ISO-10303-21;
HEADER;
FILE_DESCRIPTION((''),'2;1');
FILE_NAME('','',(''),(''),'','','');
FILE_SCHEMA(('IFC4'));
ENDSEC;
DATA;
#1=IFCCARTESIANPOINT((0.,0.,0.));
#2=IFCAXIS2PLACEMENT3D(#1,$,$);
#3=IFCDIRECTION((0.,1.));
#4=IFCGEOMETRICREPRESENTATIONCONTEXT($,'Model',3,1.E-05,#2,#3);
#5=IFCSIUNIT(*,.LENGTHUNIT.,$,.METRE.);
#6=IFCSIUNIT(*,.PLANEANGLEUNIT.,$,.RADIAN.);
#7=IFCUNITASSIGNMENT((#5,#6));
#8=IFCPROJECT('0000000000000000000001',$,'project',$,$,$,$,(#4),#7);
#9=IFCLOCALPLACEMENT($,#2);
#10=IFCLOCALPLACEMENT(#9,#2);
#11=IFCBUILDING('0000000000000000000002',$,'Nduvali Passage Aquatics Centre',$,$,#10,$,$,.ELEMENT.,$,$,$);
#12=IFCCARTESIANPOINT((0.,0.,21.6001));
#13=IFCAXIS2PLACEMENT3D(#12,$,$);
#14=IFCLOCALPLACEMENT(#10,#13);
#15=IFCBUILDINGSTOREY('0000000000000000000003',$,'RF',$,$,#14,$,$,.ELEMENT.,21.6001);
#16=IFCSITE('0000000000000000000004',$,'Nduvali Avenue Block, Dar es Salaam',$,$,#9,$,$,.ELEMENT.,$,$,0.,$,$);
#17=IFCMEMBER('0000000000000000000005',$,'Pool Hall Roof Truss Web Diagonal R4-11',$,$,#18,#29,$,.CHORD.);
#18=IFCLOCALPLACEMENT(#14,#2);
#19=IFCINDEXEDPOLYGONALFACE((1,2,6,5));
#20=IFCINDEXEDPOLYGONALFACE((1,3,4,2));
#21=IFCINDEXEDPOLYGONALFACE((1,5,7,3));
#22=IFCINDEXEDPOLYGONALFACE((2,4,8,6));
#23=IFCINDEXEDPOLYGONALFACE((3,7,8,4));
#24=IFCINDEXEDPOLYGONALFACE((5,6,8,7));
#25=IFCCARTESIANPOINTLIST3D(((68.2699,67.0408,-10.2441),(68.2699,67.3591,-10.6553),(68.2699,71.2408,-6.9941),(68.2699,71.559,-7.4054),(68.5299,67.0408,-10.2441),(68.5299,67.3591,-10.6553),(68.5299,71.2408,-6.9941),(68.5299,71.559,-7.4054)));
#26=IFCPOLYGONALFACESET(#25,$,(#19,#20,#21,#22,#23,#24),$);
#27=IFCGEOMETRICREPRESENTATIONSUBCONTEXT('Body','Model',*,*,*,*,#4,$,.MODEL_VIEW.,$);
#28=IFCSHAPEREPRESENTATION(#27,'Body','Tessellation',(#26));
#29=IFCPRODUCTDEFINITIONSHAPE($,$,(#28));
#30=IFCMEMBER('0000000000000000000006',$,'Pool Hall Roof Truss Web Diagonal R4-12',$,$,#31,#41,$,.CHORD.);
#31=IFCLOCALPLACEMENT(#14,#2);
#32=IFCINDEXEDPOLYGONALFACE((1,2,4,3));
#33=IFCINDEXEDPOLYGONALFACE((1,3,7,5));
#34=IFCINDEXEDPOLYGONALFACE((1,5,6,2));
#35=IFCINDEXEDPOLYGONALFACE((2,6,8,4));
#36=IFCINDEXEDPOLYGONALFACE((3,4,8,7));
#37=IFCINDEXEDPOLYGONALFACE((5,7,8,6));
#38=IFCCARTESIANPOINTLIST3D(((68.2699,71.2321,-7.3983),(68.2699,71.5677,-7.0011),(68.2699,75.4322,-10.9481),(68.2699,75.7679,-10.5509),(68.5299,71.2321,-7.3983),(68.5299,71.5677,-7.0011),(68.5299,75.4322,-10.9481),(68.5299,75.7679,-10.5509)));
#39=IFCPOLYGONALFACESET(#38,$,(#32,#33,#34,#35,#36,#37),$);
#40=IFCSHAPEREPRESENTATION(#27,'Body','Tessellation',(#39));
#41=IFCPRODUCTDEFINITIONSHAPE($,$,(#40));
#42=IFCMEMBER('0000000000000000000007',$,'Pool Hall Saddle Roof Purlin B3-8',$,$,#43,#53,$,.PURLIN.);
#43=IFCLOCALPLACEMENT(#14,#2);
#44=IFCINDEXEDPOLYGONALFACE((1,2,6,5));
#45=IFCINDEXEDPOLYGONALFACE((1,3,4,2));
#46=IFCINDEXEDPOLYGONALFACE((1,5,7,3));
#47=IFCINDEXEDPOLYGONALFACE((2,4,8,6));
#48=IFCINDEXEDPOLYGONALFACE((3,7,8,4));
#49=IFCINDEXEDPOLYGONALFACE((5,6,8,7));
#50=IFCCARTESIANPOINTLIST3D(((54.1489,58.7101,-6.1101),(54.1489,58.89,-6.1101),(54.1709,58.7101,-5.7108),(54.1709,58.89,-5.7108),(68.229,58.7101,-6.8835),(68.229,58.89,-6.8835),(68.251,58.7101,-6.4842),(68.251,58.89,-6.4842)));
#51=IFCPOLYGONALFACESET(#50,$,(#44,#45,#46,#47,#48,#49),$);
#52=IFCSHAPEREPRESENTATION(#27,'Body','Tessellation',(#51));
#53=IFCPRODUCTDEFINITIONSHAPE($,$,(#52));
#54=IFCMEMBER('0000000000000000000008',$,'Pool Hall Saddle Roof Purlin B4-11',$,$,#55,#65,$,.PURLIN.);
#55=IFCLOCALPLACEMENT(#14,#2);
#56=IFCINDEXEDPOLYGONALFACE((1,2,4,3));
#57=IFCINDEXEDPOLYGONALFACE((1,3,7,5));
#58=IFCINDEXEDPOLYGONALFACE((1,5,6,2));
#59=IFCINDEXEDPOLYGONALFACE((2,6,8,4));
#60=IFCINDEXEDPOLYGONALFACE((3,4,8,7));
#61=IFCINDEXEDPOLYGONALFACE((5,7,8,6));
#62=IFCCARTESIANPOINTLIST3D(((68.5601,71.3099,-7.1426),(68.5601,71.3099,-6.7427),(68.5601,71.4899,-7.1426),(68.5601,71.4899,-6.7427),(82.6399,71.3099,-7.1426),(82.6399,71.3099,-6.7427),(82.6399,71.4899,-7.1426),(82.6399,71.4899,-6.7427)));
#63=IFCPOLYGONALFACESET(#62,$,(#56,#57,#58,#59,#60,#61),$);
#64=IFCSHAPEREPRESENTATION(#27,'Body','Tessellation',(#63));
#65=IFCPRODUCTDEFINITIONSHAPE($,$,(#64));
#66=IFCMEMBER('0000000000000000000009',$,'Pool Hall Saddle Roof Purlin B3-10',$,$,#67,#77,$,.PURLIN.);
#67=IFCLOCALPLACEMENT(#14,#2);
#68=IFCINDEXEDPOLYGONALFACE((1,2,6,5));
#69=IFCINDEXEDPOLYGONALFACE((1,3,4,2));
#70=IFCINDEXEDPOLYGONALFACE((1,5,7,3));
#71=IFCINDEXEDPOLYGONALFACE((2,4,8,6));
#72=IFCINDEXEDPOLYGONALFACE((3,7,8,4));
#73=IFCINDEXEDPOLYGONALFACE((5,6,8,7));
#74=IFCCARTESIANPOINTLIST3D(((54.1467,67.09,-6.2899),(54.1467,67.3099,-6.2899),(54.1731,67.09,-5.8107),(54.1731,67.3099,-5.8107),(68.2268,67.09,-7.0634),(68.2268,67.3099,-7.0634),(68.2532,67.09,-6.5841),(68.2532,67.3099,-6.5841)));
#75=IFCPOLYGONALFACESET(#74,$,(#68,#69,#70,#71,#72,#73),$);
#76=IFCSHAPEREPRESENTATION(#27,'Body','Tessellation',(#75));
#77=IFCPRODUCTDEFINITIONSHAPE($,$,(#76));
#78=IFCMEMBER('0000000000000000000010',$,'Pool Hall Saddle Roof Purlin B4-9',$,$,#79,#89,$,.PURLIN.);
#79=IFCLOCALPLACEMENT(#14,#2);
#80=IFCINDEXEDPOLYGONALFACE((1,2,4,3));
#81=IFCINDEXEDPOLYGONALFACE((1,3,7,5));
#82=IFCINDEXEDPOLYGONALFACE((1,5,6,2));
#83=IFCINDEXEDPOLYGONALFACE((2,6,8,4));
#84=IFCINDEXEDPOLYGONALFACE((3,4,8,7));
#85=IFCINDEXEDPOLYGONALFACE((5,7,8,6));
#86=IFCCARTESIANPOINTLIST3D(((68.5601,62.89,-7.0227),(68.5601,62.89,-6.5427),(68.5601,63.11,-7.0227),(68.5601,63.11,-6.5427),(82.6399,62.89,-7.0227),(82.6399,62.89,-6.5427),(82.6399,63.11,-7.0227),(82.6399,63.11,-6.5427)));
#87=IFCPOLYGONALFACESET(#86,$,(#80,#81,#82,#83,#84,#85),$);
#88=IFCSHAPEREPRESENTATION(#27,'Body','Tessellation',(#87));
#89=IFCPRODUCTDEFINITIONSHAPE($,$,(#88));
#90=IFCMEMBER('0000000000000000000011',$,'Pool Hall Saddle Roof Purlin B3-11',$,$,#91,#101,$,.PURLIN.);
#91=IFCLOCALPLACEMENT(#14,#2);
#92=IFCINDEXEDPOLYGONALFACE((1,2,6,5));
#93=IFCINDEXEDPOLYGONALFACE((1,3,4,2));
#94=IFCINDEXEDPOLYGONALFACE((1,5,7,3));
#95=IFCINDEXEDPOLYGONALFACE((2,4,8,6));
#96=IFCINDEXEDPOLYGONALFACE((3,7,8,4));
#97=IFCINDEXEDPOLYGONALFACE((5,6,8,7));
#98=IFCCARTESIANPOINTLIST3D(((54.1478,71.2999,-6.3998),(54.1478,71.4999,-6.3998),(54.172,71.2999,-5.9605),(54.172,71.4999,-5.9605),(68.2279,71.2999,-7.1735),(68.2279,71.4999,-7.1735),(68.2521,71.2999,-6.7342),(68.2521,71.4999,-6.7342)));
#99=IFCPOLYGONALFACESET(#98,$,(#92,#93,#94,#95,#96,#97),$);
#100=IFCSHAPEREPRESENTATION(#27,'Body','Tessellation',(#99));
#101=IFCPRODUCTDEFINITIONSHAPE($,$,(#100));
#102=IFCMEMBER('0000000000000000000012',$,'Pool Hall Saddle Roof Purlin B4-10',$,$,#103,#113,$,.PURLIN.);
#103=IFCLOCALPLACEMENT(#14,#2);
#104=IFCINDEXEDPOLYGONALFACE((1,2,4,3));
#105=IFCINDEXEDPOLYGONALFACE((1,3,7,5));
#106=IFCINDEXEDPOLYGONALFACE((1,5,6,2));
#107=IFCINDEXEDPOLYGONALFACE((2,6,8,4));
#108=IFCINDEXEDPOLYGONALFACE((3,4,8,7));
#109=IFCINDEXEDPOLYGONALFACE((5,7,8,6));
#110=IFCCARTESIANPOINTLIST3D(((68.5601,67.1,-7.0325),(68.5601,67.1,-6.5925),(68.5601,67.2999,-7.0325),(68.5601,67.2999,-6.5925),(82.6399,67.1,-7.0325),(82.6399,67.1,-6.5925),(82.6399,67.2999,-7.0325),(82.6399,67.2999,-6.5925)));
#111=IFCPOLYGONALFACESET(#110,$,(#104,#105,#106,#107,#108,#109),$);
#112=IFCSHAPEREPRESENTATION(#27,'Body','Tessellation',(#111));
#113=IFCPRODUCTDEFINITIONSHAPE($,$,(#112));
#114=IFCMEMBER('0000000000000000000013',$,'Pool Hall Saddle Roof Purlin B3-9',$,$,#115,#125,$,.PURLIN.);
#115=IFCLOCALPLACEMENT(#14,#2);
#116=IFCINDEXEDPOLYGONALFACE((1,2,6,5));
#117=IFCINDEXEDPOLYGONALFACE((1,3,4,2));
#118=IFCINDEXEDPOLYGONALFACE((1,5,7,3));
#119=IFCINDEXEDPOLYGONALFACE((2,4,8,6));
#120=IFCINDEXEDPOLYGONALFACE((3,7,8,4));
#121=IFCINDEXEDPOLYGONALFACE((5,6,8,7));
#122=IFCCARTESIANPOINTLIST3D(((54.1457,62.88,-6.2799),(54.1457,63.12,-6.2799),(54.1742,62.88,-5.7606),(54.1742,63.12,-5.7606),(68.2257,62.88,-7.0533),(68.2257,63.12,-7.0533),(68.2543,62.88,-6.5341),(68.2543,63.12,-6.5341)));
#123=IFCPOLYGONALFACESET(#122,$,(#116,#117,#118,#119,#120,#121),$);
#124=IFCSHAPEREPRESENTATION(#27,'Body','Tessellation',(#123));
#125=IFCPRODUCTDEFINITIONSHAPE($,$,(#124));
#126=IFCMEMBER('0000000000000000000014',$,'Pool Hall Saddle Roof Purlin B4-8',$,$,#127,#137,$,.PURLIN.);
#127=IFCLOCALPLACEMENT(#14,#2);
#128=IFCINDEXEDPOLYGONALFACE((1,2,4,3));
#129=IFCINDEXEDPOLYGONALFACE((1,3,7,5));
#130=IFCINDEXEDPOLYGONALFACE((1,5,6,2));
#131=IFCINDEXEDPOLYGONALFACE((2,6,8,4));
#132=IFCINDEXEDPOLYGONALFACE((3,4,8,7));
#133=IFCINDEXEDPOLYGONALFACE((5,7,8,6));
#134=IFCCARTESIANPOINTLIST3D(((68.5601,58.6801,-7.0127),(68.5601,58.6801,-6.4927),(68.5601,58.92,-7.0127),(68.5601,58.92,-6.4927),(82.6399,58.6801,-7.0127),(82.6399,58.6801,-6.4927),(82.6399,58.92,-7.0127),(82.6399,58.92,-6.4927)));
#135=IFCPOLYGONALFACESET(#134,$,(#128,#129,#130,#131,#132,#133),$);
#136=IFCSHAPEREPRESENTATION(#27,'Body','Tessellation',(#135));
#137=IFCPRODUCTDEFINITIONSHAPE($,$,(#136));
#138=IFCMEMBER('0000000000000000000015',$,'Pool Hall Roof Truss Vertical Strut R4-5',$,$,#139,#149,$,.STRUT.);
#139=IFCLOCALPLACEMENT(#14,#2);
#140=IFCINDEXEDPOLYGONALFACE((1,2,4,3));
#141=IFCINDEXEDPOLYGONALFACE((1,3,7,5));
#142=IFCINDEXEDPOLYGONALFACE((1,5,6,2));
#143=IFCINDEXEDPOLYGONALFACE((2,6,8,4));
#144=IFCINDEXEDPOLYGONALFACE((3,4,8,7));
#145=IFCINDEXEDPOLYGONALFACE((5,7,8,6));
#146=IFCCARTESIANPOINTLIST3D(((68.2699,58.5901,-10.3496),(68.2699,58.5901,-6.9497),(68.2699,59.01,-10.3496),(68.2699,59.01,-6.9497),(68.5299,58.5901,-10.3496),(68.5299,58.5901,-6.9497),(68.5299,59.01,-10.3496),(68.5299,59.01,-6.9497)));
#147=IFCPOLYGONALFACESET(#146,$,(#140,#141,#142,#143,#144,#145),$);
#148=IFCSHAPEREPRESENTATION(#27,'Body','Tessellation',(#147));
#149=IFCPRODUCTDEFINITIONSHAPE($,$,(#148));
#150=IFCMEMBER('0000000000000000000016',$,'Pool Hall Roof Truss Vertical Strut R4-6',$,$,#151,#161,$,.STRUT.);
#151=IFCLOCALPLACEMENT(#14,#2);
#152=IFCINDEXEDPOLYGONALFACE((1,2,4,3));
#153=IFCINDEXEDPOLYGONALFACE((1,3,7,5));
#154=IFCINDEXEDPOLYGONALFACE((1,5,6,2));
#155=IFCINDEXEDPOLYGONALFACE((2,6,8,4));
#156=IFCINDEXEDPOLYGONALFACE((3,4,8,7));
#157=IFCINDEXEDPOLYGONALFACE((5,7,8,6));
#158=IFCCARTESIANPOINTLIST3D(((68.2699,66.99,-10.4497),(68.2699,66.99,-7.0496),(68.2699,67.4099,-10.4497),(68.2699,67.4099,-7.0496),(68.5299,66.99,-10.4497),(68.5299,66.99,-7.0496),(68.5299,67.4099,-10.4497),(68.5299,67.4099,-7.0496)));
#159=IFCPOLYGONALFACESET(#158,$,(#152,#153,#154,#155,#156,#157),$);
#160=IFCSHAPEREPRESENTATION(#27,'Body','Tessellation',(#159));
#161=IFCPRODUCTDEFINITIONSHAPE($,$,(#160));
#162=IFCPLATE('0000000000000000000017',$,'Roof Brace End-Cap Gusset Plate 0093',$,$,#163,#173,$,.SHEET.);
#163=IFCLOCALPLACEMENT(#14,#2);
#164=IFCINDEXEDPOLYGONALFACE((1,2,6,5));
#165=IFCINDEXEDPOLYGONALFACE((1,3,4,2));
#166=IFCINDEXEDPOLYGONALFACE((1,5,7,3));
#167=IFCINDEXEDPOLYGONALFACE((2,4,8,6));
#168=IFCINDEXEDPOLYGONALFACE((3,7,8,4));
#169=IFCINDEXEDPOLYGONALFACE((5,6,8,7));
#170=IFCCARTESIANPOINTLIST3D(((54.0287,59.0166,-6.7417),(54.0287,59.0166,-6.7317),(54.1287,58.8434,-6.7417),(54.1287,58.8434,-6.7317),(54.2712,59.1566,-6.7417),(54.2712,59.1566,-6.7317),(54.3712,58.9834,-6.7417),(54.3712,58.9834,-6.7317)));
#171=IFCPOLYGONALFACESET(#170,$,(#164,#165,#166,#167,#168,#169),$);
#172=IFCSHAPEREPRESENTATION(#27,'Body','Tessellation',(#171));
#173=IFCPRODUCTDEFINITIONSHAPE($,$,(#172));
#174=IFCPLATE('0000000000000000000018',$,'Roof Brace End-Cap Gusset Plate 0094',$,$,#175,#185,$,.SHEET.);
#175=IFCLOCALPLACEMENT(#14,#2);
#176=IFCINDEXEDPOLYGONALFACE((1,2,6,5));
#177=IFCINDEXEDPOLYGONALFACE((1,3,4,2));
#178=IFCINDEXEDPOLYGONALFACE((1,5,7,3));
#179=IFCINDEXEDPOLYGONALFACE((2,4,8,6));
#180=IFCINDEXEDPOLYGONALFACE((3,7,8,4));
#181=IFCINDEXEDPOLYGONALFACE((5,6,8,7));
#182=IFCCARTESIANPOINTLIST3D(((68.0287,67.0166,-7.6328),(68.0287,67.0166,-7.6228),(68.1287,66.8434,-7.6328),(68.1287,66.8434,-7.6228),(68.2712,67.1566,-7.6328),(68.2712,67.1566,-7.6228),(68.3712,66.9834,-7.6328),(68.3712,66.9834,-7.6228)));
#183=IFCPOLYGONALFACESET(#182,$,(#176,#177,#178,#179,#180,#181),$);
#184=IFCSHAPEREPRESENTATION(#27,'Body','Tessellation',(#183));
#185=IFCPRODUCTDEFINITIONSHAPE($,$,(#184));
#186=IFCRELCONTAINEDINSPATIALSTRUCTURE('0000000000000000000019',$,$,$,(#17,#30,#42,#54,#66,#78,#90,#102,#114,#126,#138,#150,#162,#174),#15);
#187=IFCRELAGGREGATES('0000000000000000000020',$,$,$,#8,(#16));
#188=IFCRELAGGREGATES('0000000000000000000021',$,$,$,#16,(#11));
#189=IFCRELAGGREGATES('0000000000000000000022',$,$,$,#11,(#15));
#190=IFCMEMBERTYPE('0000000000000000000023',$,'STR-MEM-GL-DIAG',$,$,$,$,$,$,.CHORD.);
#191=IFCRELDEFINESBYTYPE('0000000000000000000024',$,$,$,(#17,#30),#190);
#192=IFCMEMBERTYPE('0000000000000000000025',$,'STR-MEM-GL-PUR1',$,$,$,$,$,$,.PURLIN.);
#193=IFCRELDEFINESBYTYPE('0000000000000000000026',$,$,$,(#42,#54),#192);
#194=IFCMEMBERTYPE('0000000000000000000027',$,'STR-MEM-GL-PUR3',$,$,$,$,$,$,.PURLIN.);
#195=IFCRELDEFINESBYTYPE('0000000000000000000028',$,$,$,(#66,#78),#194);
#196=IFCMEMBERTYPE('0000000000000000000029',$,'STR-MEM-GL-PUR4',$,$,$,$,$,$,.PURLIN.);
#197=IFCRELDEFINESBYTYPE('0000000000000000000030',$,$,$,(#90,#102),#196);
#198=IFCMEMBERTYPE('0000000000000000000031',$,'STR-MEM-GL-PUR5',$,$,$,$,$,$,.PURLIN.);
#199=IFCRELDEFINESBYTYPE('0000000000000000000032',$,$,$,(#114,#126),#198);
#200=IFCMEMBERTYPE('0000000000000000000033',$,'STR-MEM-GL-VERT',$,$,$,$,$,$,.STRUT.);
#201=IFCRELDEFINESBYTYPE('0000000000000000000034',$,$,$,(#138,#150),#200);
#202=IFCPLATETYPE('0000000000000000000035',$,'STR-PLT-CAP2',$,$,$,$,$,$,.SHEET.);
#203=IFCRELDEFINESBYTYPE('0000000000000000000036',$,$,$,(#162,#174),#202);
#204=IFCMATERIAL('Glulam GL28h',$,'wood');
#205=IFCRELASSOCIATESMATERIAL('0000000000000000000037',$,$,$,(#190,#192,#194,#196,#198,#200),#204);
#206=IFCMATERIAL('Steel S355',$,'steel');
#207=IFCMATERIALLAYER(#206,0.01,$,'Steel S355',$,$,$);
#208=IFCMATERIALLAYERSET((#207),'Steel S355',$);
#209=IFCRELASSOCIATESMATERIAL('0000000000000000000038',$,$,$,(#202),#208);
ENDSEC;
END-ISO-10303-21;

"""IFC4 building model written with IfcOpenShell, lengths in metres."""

from ifc_helpers import new_model, si_unit, direction, frame, origin, origin_2d, place, context, subcontext, project, spatial, rectangle, extrude, material, layer, layer_set, material_profile, profile_set, type_object, element, save


model = new_model("IFC4")

# Units and contexts
model_context = context("Model", 3, precision=1e-05, world=origin(), true_north=direction((0.0, 1.0)))
body_context = subcontext(model_context, "Body", "Model", "MODEL_VIEW")
ifc_project = project(units=[si_unit("LENGTHUNIT", "METRE"), si_unit("PLANEANGLEUNIT", "RADIAN")], contexts=[model_context])

# Site, building, storey
site_placement = place(None, origin())
site = spatial("IfcSite", under=ifc_project, at=site_placement, Name="Nduvali Avenue Block, Dar es Salaam", CompositionType="ELEMENT", RefElevation=0.0)
building_placement = place(site_placement, origin())
building = spatial("IfcBuilding", under=site, at=building_placement, Name="Nduvali Passage Aquatics Centre", CompositionType="ELEMENT")
storey_placement = place(building_placement, frame((0.0, 0.0, 21.6001)))
storey = spatial("IfcBuildingStorey", under=building, at=storey_placement, Name="RF", CompositionType="ELEMENT", Elevation=21.6001)

# Members
ifc_material_1 = material(Name="Steel S355", Category="steel")
ifc_material_2 = material(Name="Glulam GL28h", Category="wood")
ifc_material_profile_1 = material_profile(ifc_material_2, rectangle(XDim=0.26, YDim=0.52, at=origin_2d()), Name="GL28h 260x520")
ifc_profile_set_1 = profile_set([ifc_material_profile_1], Name="Glulam GL28h")
member_type_1 = type_object("IfcMemberType", Name="STR-MEM-GL-DIAG", PredefinedType="CHORD", material=ifc_profile_set_1)
member_1_placement = place(storey_placement, frame((68.3999, 67.2, -10.4497), z_axis=(0.0, 0.790867, 0.611988), x_axis=(-1.0, 0.0, 0.0)))
element("IfcMember", 1, at=member_1_placement, inside=storey, type_object=member_type_1, Name="Pool Hall Roof Truss Web Diagonal R4-11", PredefinedType="CHORD", context=body_context, shape_type="SweptSolid", body=[
    extrude(rectangle(XDim=0.26, YDim=0.52, at=origin_2d()), origin(), (0.0, 0.0, 1.0), 5.3105),
])
member_2_placement = place(storey_placement, frame((68.3999, 71.3999, -7.1997), z_axis=(0.0, 0.763763, -0.645496), x_axis=(-1.0, 0.0, 0.0)))
element("IfcMember", 2, at=member_2_placement, inside=storey, type_object=member_type_1, Name="Pool Hall Roof Truss Web Diagonal R4-12", PredefinedType="CHORD", context=body_context, shape_type="SweptSolid", body=[
    extrude(rectangle(XDim=0.26, YDim=0.52, at=origin_2d()), origin(), (0.0, 0.0, 1.0), 5.4993),
])
ifc_material_profile_2 = material_profile(ifc_material_2, rectangle(XDim=0.1799, YDim=0.3999, at=origin_2d()), Name="GL28h 180x400")
ifc_profile_set_2 = profile_set([ifc_material_profile_2], Name="Glulam GL28h")
member_type_2 = type_object("IfcMemberType", Name="STR-MEM-GL-PUR1", PredefinedType="PURLIN", material=ifc_profile_set_2)
member_3_placement = place(storey_placement, frame((54.1599, 58.8, -5.9104), z_axis=(0.998495, 0.0, -0.054849), x_axis=(0.0, 1.0, 0.0)))
element("IfcMember", 3, at=member_3_placement, inside=storey, type_object=member_type_2, Name="Pool Hall Saddle Roof Purlin B3-8", PredefinedType="PURLIN", context=body_context, shape_type="SweptSolid", body=[
    extrude(rectangle(XDim=0.1799, YDim=0.3999, at=origin_2d()), origin(), (0.0, 0.0, 1.0), 14.1013),
])
member_4_placement = place(storey_placement, frame((68.5601, 71.3999, -6.9426), z_axis=(1.0, 0.0, 0.0), x_axis=(0.0, 1.0, 0.0)))
element("IfcMember", 4, at=member_4_placement, inside=storey, type_object=member_type_2, Name="Pool Hall Saddle Roof Purlin B4-11", PredefinedType="PURLIN", context=body_context, shape_type="SweptSolid", body=[
    extrude(rectangle(XDim=0.1799, YDim=0.3999, at=origin_2d()), origin(), (0.0, 0.0, 1.0), 14.0798),
])
ifc_material_profile_3 = material_profile(ifc_material_2, rectangle(XDim=0.22, YDim=0.48, at=origin_2d()), Name="GL28h 220x480")
ifc_profile_set_3 = profile_set([ifc_material_profile_3], Name="Glulam GL28h")
member_type_3 = type_object("IfcMemberType", Name="STR-MEM-GL-PUR3", PredefinedType="PURLIN", material=ifc_profile_set_3)
member_5_placement = place(storey_placement, frame((54.1599, 67.2, -6.0503), z_axis=(0.998495, 0.0, -0.054849), x_axis=(0.0, 1.0, 0.0)))
element("IfcMember", 5, at=member_5_placement, inside=storey, type_object=member_type_3, Name="Pool Hall Saddle Roof Purlin B3-10", PredefinedType="PURLIN", context=body_context, shape_type="SweptSolid", body=[
    extrude(rectangle(XDim=0.22, YDim=0.48, at=origin_2d()), origin(), (0.0, 0.0, 1.0), 14.1013),
])
member_6_placement = place(storey_placement, frame((68.5601, 63.0, -6.7827), z_axis=(1.0, 0.0, 0.0), x_axis=(0.0, 1.0, 0.0)))
element("IfcMember", 6, at=member_6_placement, inside=storey, type_object=member_type_3, Name="Pool Hall Saddle Roof Purlin B4-9", PredefinedType="PURLIN", context=body_context, shape_type="SweptSolid", body=[
    extrude(rectangle(XDim=0.22, YDim=0.48, at=origin_2d()), origin(), (0.0, 0.0, 1.0), 14.0798),
])
ifc_material_profile_4 = material_profile(ifc_material_2, rectangle(XDim=0.2, YDim=0.4399, at=origin_2d()), Name="GL28h 200x440")
ifc_profile_set_4 = profile_set([ifc_material_profile_4], Name="Glulam GL28h")
member_type_4 = type_object("IfcMemberType", Name="STR-MEM-GL-PUR4", PredefinedType="PURLIN", material=ifc_profile_set_4)
member_7_placement = place(storey_placement, frame((54.1599, 71.3999, -6.1802), z_axis=(0.998494, 0.0, -0.054866), x_axis=(0.0, 1.0, 0.0)))
element("IfcMember", 7, at=member_7_placement, inside=storey, type_object=member_type_4, Name="Pool Hall Saddle Roof Purlin B3-11", PredefinedType="PURLIN", context=body_context, shape_type="SweptSolid", body=[
    extrude(rectangle(XDim=0.2, YDim=0.4399, at=origin_2d()), origin(), (0.0, 0.0, 1.0), 14.1013),
])
member_8_placement = place(storey_placement, frame((68.5601, 67.2, -6.8125), z_axis=(1.0, 0.0, 0.0), x_axis=(0.0, 1.0, 0.0)))
element("IfcMember", 8, at=member_8_placement, inside=storey, type_object=member_type_4, Name="Pool Hall Saddle Roof Purlin B4-10", PredefinedType="PURLIN", context=body_context, shape_type="SweptSolid", body=[
    extrude(rectangle(XDim=0.2, YDim=0.4399, at=origin_2d()), origin(), (0.0, 0.0, 1.0), 14.0798),
])
ifc_material_profile_5 = material_profile(ifc_material_2, rectangle(XDim=0.24, YDim=0.52, at=origin_2d()), Name="GL28h 240x520")
ifc_profile_set_5 = profile_set([ifc_material_profile_5], Name="Glulam GL28h")
member_type_5 = type_object("IfcMemberType", Name="STR-MEM-GL-PUR5", PredefinedType="PURLIN", material=ifc_profile_set_5)
member_9_placement = place(storey_placement, frame((54.1599, 63.0, -6.0203), z_axis=(0.998495, 0.0, -0.054849), x_axis=(0.0, 1.0, 0.0)))
element("IfcMember", 9, at=member_9_placement, inside=storey, type_object=member_type_5, Name="Pool Hall Saddle Roof Purlin B3-9", PredefinedType="PURLIN", context=body_context, shape_type="SweptSolid", body=[
    extrude(rectangle(XDim=0.24, YDim=0.52, at=origin_2d()), origin(), (0.0, 0.0, 1.0), 14.1013),
])
member_10_placement = place(storey_placement, frame((68.5601, 58.8, -6.7527), z_axis=(1.0, 0.0, 0.0), x_axis=(0.0, 1.0, 0.0)))
element("IfcMember", 10, at=member_10_placement, inside=storey, type_object=member_type_5, Name="Pool Hall Saddle Roof Purlin B4-8", PredefinedType="PURLIN", context=body_context, shape_type="SweptSolid", body=[
    extrude(rectangle(XDim=0.24, YDim=0.52, at=origin_2d()), origin(), (0.0, 0.0, 1.0), 14.0798),
])
ifc_material_profile_6 = material_profile(ifc_material_2, rectangle(XDim=0.26, YDim=0.4199, at=origin_2d()), Name="GL28h 260x420")
ifc_profile_set_6 = profile_set([ifc_material_profile_6], Name="Glulam GL28h")
member_type_6 = type_object("IfcMemberType", Name="STR-MEM-GL-VERT", PredefinedType="STRUT", material=ifc_profile_set_6)
member_11_placement = place(storey_placement, frame((68.3999, 58.8, -10.3496), z_axis=(0.0, 0.0, 1.0), x_axis=(1.0, 0.0, 0.0)))
element("IfcMember", 11, at=member_11_placement, inside=storey, type_object=member_type_6, Name="Pool Hall Roof Truss Vertical Strut R4-5", PredefinedType="STRUT", context=body_context, shape_type="SweptSolid", body=[
    extrude(rectangle(XDim=0.26, YDim=0.4199, at=origin_2d()), origin(), (0.0, 0.0, 1.0), 3.3999),
])
member_12_placement = place(storey_placement, frame((68.3999, 67.2, -10.4497), z_axis=(0.0, 0.0, 1.0), x_axis=(1.0, 0.0, 0.0)))
element("IfcMember", 12, at=member_12_placement, inside=storey, type_object=member_type_6, Name="Pool Hall Roof Truss Vertical Strut R4-6", PredefinedType="STRUT", context=body_context, shape_type="SweptSolid", body=[
    extrude(rectangle(XDim=0.26, YDim=0.4199, at=origin_2d()), origin(), (0.0, 0.0, 1.0), 3.4001),
])

# Plates
ifc_layer_1 = layer(ifc_material_1, 0.01, Name="Steel S355")
ifc_layer_set_1 = layer_set([ifc_layer_1], Name="Steel S355")
plate_type_1 = type_object("IfcPlateType", Name="STR-PLT-CAP2", PredefinedType="SHEET", material=ifc_layer_set_1)
for number, where, z_axis, x_axis, name in (
    (13, (54.2, 59.0, -6.7417), (0.0, 0.0, 1.0), (0.866025, 0.5, 0.0), "Roof Brace End-Cap Gusset Plate 0093"),
    (14, (68.2, 67.0, -7.6328), (0.0, 0.0, 1.0), (0.866025, 0.5, 0.0), "Roof Brace End-Cap Gusset Plate 0094"),
):
    element("IfcPlate", number, at=place(storey_placement, frame(where, z_axis=z_axis, x_axis=x_axis)), inside=storey, type_object=plate_type_1, Name=name, PredefinedType="SHEET", context=body_context, shape_type="SweptSolid", body=[
        extrude(rectangle(XDim=0.28, YDim=0.2, at=origin_2d()), origin(), (0.0, 0.0, 1.0), 0.01),
    ])

save(model, "model.ifc")
